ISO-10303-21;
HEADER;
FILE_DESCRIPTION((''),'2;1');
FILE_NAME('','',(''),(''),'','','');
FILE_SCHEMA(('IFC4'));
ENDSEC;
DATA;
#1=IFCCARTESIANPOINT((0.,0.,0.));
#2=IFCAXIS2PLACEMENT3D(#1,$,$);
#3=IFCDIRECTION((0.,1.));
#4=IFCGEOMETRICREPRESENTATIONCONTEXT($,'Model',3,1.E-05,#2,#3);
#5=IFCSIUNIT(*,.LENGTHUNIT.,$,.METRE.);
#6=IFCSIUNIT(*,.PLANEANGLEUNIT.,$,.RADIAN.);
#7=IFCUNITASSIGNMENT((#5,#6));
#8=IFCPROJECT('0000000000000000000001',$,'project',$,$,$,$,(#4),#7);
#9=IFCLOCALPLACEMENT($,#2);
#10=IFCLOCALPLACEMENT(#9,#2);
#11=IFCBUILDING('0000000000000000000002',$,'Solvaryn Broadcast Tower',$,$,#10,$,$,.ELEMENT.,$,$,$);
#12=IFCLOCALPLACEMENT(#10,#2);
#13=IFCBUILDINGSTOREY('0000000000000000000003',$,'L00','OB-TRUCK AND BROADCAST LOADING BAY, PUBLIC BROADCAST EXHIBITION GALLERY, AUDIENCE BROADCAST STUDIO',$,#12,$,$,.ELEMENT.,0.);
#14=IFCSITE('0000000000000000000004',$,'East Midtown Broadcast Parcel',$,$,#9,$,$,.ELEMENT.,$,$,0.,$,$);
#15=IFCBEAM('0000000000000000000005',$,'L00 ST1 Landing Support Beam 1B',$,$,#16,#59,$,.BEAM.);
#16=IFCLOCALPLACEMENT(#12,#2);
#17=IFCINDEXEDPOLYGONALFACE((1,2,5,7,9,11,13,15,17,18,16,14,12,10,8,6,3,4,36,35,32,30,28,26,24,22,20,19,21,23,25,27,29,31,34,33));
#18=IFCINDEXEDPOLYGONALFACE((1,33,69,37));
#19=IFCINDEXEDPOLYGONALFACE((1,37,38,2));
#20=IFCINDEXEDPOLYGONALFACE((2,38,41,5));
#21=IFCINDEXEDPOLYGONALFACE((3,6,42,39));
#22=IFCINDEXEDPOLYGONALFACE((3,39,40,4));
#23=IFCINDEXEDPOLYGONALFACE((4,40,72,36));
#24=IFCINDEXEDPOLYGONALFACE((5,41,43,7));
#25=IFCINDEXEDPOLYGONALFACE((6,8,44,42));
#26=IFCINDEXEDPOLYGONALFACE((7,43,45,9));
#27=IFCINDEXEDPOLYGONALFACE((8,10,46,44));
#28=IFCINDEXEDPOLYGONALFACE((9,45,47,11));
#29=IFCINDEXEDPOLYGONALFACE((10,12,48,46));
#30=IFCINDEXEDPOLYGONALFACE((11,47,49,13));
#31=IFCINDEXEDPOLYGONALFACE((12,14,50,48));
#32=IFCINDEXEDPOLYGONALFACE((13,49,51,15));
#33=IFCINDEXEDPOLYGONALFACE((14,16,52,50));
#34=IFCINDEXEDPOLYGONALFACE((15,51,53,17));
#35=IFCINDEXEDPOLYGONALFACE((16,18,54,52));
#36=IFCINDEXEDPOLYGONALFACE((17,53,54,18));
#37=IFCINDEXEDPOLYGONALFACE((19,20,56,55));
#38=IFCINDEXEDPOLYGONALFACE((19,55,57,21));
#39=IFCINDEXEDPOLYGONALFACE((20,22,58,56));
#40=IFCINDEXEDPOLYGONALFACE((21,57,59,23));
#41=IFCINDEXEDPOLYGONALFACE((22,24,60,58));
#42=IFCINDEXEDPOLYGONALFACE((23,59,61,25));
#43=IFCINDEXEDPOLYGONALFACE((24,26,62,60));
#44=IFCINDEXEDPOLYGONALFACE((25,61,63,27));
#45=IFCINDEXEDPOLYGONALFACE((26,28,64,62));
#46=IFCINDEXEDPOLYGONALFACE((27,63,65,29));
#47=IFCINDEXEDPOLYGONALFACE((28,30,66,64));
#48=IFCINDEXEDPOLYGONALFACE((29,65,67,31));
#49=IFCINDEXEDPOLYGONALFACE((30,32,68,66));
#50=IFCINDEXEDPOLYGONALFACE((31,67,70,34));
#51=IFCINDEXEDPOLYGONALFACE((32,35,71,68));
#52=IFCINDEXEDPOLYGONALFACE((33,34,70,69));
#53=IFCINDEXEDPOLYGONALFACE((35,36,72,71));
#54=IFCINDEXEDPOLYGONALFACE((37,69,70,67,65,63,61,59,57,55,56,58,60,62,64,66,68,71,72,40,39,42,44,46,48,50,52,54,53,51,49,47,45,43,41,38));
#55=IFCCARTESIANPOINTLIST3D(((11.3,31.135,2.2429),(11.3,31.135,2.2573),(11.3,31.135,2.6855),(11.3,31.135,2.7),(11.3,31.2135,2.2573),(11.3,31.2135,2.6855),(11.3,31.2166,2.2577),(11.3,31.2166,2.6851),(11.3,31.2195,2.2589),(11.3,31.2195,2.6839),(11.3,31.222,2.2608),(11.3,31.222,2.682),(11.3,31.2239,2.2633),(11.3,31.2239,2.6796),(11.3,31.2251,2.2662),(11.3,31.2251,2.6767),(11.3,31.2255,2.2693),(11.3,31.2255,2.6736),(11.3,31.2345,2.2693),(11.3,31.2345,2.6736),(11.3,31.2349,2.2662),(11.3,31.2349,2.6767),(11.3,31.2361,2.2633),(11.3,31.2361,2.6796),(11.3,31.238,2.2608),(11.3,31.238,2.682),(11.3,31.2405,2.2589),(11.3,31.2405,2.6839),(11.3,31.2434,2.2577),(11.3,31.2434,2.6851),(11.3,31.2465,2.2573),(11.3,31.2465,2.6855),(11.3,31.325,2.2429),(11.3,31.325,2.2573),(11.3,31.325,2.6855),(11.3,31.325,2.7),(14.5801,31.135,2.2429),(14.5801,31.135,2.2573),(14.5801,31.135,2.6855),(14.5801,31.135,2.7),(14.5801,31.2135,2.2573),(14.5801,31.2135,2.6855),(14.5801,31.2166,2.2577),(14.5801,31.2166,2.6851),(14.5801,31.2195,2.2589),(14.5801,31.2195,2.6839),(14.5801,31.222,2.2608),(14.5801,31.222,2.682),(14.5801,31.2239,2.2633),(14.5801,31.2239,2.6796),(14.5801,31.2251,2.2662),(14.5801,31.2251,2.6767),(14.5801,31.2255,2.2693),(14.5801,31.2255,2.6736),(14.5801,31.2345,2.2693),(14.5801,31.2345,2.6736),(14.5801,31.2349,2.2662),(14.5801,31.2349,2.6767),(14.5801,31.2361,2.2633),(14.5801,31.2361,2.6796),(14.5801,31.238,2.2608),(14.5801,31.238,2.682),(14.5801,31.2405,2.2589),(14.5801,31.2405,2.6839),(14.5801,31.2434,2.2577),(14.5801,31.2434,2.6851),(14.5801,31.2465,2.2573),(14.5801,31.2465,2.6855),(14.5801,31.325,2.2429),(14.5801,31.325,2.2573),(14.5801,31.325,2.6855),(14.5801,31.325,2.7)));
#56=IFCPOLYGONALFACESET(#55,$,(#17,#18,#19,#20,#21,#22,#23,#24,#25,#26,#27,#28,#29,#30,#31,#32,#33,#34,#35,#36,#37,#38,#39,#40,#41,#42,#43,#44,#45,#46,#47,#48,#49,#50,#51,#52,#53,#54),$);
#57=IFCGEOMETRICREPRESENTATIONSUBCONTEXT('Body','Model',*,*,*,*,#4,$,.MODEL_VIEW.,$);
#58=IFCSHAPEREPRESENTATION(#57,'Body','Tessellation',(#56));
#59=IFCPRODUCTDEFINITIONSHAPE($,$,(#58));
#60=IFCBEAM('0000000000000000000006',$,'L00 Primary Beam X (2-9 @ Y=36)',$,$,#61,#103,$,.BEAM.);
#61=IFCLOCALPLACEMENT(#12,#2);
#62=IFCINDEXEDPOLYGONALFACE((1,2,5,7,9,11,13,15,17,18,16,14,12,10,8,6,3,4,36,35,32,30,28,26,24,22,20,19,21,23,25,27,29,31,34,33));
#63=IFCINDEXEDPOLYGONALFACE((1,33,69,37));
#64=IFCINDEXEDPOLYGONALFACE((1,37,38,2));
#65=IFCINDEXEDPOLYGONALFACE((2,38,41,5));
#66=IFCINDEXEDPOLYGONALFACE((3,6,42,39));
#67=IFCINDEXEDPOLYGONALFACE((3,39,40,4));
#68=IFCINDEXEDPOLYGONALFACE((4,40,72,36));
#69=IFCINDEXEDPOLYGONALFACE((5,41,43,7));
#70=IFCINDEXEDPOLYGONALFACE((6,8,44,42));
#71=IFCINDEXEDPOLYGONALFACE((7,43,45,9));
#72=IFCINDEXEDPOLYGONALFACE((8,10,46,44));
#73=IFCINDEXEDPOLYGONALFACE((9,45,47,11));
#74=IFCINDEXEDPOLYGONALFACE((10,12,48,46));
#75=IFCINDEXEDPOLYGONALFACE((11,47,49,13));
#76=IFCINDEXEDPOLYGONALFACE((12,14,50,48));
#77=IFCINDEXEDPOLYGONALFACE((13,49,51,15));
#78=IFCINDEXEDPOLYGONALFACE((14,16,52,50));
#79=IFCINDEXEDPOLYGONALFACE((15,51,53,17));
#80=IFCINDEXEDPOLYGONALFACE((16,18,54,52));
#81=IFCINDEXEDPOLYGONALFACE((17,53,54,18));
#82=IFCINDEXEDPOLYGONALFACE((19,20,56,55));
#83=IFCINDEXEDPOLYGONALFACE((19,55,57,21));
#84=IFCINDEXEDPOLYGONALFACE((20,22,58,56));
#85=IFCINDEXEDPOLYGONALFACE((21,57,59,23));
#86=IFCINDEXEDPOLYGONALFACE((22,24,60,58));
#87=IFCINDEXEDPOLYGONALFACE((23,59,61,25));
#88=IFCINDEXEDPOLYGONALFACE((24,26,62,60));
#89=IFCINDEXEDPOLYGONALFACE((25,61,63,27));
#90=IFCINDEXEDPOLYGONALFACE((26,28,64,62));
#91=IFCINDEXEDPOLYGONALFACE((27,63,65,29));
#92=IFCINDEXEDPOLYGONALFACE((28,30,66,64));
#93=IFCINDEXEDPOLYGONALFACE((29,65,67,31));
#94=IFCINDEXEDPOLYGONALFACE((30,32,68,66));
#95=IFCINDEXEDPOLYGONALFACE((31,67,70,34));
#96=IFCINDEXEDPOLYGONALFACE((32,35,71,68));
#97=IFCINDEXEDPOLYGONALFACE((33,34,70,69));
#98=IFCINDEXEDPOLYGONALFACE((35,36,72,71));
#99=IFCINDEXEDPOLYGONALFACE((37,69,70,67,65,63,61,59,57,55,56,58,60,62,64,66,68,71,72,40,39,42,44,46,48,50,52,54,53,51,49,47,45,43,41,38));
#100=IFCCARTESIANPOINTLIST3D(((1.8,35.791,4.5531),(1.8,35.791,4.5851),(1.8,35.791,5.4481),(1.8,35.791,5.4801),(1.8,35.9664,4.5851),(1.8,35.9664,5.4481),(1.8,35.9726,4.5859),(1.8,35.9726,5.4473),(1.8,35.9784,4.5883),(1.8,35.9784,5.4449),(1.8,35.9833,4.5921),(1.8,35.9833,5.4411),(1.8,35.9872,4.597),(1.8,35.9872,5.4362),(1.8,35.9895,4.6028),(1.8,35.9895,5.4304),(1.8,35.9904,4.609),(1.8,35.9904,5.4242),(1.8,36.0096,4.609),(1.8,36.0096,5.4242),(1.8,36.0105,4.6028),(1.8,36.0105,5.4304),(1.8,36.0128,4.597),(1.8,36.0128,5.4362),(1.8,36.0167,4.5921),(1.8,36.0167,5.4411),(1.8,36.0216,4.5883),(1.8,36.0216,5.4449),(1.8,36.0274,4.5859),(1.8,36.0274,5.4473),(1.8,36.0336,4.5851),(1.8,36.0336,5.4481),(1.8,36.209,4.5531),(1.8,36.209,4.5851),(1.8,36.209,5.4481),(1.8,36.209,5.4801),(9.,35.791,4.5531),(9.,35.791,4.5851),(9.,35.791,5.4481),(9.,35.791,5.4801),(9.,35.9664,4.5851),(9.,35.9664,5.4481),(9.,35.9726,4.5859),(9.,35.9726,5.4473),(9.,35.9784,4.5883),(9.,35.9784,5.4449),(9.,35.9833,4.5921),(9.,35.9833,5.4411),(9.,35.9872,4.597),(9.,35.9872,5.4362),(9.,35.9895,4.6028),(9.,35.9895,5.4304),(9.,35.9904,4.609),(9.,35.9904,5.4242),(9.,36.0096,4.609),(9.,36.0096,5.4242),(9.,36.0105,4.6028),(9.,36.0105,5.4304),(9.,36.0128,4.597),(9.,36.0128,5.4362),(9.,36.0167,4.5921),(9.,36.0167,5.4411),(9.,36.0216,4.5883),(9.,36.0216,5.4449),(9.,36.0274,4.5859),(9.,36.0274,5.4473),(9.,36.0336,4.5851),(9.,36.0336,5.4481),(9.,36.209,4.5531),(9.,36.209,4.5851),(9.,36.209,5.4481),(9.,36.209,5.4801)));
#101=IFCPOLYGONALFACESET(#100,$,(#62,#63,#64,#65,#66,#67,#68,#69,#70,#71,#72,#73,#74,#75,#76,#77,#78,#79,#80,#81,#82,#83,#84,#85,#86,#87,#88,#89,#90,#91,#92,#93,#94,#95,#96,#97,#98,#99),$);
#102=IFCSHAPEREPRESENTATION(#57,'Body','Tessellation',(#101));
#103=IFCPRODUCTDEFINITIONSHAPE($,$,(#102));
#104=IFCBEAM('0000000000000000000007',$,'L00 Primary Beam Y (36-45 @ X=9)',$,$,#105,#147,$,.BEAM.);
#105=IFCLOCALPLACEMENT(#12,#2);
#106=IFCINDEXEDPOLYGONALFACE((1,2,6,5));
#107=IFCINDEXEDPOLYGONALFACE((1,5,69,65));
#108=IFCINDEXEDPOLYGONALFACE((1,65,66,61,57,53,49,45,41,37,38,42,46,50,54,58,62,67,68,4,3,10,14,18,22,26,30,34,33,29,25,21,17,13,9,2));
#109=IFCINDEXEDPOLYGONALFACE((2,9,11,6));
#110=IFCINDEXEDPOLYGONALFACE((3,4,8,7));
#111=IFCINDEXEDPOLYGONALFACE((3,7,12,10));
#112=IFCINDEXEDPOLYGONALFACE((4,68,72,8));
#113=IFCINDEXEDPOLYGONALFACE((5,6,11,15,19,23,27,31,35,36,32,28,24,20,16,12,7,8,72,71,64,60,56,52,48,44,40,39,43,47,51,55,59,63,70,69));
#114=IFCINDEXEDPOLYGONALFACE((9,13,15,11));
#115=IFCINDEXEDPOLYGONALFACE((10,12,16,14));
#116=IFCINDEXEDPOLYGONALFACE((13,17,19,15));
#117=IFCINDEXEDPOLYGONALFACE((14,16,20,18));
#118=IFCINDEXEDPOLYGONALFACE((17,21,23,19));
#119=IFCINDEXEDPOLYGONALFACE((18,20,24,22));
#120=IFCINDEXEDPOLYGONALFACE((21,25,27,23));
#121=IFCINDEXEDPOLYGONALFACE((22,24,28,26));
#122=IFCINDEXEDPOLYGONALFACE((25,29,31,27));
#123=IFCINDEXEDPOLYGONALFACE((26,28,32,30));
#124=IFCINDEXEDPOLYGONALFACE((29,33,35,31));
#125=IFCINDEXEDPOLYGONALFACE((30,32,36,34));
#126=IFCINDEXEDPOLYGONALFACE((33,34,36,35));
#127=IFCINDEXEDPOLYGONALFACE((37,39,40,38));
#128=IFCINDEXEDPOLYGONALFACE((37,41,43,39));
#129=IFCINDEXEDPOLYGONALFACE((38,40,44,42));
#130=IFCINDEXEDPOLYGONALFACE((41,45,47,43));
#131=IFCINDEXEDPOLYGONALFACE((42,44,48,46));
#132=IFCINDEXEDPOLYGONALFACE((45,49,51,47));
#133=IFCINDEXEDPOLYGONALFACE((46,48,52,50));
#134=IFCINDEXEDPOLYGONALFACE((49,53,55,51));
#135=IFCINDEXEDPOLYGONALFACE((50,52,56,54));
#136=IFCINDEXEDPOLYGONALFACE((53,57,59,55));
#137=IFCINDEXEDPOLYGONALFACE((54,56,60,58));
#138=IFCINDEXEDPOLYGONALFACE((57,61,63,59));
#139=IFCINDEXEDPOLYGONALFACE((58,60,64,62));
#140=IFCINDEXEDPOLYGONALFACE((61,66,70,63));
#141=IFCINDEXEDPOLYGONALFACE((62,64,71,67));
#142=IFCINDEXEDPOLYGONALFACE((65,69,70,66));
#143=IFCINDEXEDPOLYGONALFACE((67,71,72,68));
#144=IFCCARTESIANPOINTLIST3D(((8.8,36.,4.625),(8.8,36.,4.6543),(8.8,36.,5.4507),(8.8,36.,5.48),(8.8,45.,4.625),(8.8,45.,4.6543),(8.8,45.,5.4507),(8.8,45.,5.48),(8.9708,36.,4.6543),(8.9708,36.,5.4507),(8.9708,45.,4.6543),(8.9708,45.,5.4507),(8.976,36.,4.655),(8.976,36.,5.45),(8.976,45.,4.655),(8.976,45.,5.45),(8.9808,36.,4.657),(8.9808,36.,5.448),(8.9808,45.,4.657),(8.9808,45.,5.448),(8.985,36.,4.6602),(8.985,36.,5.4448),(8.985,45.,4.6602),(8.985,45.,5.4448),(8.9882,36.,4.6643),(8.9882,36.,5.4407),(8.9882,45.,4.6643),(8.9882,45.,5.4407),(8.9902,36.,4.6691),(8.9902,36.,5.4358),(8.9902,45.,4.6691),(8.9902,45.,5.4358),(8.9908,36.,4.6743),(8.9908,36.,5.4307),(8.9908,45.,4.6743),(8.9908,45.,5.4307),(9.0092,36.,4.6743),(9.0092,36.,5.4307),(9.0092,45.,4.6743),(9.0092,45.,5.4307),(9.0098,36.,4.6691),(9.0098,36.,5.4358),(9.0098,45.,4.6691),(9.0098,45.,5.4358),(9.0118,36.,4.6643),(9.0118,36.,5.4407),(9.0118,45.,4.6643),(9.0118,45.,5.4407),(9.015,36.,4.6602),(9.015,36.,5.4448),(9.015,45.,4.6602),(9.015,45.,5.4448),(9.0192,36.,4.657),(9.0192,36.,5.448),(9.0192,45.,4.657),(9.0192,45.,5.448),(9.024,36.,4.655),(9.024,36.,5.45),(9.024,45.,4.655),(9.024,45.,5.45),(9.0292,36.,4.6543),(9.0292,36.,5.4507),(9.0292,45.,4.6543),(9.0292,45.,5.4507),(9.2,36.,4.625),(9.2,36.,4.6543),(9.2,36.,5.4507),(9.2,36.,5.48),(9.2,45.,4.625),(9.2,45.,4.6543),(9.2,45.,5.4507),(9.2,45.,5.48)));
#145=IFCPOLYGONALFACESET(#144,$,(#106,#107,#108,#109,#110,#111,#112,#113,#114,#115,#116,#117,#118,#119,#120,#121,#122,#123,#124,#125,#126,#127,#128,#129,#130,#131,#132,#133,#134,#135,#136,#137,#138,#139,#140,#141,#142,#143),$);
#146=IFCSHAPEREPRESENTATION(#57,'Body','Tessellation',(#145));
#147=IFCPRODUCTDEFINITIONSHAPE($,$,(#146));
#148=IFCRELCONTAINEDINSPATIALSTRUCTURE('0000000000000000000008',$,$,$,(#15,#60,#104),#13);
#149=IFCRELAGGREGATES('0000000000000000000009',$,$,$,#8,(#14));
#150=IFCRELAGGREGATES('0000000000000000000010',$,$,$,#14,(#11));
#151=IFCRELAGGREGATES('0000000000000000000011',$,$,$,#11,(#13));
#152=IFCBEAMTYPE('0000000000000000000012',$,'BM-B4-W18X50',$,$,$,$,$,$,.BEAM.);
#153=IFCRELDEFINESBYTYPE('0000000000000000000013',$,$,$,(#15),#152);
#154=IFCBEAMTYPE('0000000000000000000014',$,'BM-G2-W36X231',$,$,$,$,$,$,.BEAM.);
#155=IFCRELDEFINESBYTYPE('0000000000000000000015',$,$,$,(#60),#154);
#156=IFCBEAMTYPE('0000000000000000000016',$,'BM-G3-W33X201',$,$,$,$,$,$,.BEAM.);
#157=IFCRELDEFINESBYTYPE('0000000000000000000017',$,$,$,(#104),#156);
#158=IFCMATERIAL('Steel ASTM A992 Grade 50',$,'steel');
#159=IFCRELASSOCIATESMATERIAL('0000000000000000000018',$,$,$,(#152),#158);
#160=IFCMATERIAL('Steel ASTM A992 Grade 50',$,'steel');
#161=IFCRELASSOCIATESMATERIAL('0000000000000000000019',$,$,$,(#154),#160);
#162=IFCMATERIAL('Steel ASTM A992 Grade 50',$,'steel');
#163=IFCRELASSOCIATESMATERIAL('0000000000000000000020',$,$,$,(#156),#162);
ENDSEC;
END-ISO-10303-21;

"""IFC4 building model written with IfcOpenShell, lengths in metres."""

from ifc_helpers import new_model, si_unit, direction, frame, origin, origin_2d, place, context, subcontext, project, spatial, i_section, extrude, material, material_profile, profile_set, type_object, element, save


model = new_model("IFC4")

# Units and contexts
model_context = context("Model", 3, precision=1e-05, world=origin(), true_north=direction((0.0, 1.0)))
body_context = subcontext(model_context, "Body", "Model", "MODEL_VIEW")
ifc_project = project(units=[si_unit("LENGTHUNIT", "METRE"), si_unit("PLANEANGLEUNIT", "RADIAN")], contexts=[model_context])

# Site, building, storey
site_placement = place(None, origin())
site = spatial("IfcSite", under=ifc_project, at=site_placement, Name="East Midtown Broadcast Parcel", CompositionType="ELEMENT", RefElevation=0.0)
building_placement = place(site_placement, origin())
building = spatial("IfcBuilding", under=site, at=building_placement, Name="Solvaryn Broadcast Tower", CompositionType="ELEMENT")
storey_placement = place(building_placement, origin())
storey = spatial("IfcBuildingStorey", under=building, at=storey_placement, Name="L00", Description="OB-TRUCK AND BROADCAST LOADING BAY, PUBLIC BROADCAST EXHIBITION GALLERY, AUDIENCE BROADCAST STUDIO", CompositionType="ELEMENT", Elevation=0.0)

# Beams
ifc_material_1 = material(Name="Steel ASTM A992 Grade 50", Category="steel")
ifc_material_profile_1 = material_profile(ifc_material_1, i_section(OverallWidth=0.1899, OverallDepth=0.457, WebThickness=0.009, FlangeThickness=0.0144, FilletRadius=0.012, at=origin_2d()))
ifc_profile_set_1 = profile_set([ifc_material_profile_1], Name="Steel ASTM A992 Grade 50")
beam_type_1 = type_object("IfcBeamType", Name="BM-B4-W18X50", PredefinedType="BEAM", material=ifc_profile_set_1)
for number, where, z_axis, x_axis, name in (
    (1, (11.3, 31.23, 2.4714), (1.0, 0.0, 0.0), (0.0, 1.0, 0.0), "L00 ST1 Landing Support Beam 1B"),
):
    element("IfcBeam", number, at=place(storey_placement, frame(where, z_axis=z_axis, x_axis=x_axis)), inside=storey, type_object=beam_type_1, Name=name, PredefinedType="BEAM", context=body_context, shape_type="SweptSolid", body=[
        extrude(i_section(OverallWidth=0.1899, OverallDepth=0.457, WebThickness=0.009, FlangeThickness=0.0144, FilletRadius=0.012, at=origin_2d()), origin(), (0.0, 0.0, 1.0), 3.28),
    ])
ifc_material_2 = material(Name="Steel ASTM A992 Grade 50", Category="steel")
ifc_material_profile_2 = material_profile(ifc_material_2, i_section(OverallWidth=0.418, OverallDepth=0.927, WebThickness=0.0193, FlangeThickness=0.032, FilletRadius=0.0239, at=origin_2d()))
ifc_profile_set_2 = profile_set([ifc_material_profile_2], Name="Steel ASTM A992 Grade 50")
beam_type_2 = type_object("IfcBeamType", Name="BM-G2-W36X231", PredefinedType="BEAM", material=ifc_profile_set_2)
beam_1_placement = place(storey_placement, frame((1.8, 36.0, 5.0166), z_axis=(1.0, 0.0, 0.0), x_axis=(0.0, 1.0, 0.0)))
element("IfcBeam", 2, at=beam_1_placement, inside=storey, type_object=beam_type_2, Name="L00 Primary Beam X (2-9 @ Y=36)", PredefinedType="BEAM", context=body_context, shape_type="SweptSolid", body=[
    extrude(i_section(OverallWidth=0.418, OverallDepth=0.927, WebThickness=0.0193, FlangeThickness=0.032, FilletRadius=0.0239, at=origin_2d()), origin(), (0.0, 0.0, 1.0), 7.2),
])
ifc_material_3 = material(Name="Steel ASTM A992 Grade 50", Category="steel")
ifc_material_profile_3 = material_profile(ifc_material_3, i_section(OverallWidth=0.3999, OverallDepth=0.855, WebThickness=0.0183, FlangeThickness=0.0293, FilletRadius=0.02, at=origin_2d()))
ifc_profile_set_3 = profile_set([ifc_material_profile_3], Name="Steel ASTM A992 Grade 50")
beam_type_3 = type_object("IfcBeamType", Name="BM-G3-W33X201", PredefinedType="BEAM", material=ifc_profile_set_3)
beam_2_placement = place(storey_placement, frame((9.0, 36.0, 5.0525), z_axis=(0.0, 1.0, 0.0), x_axis=(-1.0, 0.0, 0.0)))
element("IfcBeam", 3, at=beam_2_placement, inside=storey, type_object=beam_type_3, Name="L00 Primary Beam Y (36-45 @ X=9)", PredefinedType="BEAM", context=body_context, shape_type="SweptSolid", body=[
    extrude(i_section(OverallWidth=0.3999, OverallDepth=0.855, WebThickness=0.0183, FlangeThickness=0.0293, FilletRadius=0.02, at=origin_2d()), origin(), (0.0, 0.0, 1.0), 9.0),
])

save(model, "model.ifc")
